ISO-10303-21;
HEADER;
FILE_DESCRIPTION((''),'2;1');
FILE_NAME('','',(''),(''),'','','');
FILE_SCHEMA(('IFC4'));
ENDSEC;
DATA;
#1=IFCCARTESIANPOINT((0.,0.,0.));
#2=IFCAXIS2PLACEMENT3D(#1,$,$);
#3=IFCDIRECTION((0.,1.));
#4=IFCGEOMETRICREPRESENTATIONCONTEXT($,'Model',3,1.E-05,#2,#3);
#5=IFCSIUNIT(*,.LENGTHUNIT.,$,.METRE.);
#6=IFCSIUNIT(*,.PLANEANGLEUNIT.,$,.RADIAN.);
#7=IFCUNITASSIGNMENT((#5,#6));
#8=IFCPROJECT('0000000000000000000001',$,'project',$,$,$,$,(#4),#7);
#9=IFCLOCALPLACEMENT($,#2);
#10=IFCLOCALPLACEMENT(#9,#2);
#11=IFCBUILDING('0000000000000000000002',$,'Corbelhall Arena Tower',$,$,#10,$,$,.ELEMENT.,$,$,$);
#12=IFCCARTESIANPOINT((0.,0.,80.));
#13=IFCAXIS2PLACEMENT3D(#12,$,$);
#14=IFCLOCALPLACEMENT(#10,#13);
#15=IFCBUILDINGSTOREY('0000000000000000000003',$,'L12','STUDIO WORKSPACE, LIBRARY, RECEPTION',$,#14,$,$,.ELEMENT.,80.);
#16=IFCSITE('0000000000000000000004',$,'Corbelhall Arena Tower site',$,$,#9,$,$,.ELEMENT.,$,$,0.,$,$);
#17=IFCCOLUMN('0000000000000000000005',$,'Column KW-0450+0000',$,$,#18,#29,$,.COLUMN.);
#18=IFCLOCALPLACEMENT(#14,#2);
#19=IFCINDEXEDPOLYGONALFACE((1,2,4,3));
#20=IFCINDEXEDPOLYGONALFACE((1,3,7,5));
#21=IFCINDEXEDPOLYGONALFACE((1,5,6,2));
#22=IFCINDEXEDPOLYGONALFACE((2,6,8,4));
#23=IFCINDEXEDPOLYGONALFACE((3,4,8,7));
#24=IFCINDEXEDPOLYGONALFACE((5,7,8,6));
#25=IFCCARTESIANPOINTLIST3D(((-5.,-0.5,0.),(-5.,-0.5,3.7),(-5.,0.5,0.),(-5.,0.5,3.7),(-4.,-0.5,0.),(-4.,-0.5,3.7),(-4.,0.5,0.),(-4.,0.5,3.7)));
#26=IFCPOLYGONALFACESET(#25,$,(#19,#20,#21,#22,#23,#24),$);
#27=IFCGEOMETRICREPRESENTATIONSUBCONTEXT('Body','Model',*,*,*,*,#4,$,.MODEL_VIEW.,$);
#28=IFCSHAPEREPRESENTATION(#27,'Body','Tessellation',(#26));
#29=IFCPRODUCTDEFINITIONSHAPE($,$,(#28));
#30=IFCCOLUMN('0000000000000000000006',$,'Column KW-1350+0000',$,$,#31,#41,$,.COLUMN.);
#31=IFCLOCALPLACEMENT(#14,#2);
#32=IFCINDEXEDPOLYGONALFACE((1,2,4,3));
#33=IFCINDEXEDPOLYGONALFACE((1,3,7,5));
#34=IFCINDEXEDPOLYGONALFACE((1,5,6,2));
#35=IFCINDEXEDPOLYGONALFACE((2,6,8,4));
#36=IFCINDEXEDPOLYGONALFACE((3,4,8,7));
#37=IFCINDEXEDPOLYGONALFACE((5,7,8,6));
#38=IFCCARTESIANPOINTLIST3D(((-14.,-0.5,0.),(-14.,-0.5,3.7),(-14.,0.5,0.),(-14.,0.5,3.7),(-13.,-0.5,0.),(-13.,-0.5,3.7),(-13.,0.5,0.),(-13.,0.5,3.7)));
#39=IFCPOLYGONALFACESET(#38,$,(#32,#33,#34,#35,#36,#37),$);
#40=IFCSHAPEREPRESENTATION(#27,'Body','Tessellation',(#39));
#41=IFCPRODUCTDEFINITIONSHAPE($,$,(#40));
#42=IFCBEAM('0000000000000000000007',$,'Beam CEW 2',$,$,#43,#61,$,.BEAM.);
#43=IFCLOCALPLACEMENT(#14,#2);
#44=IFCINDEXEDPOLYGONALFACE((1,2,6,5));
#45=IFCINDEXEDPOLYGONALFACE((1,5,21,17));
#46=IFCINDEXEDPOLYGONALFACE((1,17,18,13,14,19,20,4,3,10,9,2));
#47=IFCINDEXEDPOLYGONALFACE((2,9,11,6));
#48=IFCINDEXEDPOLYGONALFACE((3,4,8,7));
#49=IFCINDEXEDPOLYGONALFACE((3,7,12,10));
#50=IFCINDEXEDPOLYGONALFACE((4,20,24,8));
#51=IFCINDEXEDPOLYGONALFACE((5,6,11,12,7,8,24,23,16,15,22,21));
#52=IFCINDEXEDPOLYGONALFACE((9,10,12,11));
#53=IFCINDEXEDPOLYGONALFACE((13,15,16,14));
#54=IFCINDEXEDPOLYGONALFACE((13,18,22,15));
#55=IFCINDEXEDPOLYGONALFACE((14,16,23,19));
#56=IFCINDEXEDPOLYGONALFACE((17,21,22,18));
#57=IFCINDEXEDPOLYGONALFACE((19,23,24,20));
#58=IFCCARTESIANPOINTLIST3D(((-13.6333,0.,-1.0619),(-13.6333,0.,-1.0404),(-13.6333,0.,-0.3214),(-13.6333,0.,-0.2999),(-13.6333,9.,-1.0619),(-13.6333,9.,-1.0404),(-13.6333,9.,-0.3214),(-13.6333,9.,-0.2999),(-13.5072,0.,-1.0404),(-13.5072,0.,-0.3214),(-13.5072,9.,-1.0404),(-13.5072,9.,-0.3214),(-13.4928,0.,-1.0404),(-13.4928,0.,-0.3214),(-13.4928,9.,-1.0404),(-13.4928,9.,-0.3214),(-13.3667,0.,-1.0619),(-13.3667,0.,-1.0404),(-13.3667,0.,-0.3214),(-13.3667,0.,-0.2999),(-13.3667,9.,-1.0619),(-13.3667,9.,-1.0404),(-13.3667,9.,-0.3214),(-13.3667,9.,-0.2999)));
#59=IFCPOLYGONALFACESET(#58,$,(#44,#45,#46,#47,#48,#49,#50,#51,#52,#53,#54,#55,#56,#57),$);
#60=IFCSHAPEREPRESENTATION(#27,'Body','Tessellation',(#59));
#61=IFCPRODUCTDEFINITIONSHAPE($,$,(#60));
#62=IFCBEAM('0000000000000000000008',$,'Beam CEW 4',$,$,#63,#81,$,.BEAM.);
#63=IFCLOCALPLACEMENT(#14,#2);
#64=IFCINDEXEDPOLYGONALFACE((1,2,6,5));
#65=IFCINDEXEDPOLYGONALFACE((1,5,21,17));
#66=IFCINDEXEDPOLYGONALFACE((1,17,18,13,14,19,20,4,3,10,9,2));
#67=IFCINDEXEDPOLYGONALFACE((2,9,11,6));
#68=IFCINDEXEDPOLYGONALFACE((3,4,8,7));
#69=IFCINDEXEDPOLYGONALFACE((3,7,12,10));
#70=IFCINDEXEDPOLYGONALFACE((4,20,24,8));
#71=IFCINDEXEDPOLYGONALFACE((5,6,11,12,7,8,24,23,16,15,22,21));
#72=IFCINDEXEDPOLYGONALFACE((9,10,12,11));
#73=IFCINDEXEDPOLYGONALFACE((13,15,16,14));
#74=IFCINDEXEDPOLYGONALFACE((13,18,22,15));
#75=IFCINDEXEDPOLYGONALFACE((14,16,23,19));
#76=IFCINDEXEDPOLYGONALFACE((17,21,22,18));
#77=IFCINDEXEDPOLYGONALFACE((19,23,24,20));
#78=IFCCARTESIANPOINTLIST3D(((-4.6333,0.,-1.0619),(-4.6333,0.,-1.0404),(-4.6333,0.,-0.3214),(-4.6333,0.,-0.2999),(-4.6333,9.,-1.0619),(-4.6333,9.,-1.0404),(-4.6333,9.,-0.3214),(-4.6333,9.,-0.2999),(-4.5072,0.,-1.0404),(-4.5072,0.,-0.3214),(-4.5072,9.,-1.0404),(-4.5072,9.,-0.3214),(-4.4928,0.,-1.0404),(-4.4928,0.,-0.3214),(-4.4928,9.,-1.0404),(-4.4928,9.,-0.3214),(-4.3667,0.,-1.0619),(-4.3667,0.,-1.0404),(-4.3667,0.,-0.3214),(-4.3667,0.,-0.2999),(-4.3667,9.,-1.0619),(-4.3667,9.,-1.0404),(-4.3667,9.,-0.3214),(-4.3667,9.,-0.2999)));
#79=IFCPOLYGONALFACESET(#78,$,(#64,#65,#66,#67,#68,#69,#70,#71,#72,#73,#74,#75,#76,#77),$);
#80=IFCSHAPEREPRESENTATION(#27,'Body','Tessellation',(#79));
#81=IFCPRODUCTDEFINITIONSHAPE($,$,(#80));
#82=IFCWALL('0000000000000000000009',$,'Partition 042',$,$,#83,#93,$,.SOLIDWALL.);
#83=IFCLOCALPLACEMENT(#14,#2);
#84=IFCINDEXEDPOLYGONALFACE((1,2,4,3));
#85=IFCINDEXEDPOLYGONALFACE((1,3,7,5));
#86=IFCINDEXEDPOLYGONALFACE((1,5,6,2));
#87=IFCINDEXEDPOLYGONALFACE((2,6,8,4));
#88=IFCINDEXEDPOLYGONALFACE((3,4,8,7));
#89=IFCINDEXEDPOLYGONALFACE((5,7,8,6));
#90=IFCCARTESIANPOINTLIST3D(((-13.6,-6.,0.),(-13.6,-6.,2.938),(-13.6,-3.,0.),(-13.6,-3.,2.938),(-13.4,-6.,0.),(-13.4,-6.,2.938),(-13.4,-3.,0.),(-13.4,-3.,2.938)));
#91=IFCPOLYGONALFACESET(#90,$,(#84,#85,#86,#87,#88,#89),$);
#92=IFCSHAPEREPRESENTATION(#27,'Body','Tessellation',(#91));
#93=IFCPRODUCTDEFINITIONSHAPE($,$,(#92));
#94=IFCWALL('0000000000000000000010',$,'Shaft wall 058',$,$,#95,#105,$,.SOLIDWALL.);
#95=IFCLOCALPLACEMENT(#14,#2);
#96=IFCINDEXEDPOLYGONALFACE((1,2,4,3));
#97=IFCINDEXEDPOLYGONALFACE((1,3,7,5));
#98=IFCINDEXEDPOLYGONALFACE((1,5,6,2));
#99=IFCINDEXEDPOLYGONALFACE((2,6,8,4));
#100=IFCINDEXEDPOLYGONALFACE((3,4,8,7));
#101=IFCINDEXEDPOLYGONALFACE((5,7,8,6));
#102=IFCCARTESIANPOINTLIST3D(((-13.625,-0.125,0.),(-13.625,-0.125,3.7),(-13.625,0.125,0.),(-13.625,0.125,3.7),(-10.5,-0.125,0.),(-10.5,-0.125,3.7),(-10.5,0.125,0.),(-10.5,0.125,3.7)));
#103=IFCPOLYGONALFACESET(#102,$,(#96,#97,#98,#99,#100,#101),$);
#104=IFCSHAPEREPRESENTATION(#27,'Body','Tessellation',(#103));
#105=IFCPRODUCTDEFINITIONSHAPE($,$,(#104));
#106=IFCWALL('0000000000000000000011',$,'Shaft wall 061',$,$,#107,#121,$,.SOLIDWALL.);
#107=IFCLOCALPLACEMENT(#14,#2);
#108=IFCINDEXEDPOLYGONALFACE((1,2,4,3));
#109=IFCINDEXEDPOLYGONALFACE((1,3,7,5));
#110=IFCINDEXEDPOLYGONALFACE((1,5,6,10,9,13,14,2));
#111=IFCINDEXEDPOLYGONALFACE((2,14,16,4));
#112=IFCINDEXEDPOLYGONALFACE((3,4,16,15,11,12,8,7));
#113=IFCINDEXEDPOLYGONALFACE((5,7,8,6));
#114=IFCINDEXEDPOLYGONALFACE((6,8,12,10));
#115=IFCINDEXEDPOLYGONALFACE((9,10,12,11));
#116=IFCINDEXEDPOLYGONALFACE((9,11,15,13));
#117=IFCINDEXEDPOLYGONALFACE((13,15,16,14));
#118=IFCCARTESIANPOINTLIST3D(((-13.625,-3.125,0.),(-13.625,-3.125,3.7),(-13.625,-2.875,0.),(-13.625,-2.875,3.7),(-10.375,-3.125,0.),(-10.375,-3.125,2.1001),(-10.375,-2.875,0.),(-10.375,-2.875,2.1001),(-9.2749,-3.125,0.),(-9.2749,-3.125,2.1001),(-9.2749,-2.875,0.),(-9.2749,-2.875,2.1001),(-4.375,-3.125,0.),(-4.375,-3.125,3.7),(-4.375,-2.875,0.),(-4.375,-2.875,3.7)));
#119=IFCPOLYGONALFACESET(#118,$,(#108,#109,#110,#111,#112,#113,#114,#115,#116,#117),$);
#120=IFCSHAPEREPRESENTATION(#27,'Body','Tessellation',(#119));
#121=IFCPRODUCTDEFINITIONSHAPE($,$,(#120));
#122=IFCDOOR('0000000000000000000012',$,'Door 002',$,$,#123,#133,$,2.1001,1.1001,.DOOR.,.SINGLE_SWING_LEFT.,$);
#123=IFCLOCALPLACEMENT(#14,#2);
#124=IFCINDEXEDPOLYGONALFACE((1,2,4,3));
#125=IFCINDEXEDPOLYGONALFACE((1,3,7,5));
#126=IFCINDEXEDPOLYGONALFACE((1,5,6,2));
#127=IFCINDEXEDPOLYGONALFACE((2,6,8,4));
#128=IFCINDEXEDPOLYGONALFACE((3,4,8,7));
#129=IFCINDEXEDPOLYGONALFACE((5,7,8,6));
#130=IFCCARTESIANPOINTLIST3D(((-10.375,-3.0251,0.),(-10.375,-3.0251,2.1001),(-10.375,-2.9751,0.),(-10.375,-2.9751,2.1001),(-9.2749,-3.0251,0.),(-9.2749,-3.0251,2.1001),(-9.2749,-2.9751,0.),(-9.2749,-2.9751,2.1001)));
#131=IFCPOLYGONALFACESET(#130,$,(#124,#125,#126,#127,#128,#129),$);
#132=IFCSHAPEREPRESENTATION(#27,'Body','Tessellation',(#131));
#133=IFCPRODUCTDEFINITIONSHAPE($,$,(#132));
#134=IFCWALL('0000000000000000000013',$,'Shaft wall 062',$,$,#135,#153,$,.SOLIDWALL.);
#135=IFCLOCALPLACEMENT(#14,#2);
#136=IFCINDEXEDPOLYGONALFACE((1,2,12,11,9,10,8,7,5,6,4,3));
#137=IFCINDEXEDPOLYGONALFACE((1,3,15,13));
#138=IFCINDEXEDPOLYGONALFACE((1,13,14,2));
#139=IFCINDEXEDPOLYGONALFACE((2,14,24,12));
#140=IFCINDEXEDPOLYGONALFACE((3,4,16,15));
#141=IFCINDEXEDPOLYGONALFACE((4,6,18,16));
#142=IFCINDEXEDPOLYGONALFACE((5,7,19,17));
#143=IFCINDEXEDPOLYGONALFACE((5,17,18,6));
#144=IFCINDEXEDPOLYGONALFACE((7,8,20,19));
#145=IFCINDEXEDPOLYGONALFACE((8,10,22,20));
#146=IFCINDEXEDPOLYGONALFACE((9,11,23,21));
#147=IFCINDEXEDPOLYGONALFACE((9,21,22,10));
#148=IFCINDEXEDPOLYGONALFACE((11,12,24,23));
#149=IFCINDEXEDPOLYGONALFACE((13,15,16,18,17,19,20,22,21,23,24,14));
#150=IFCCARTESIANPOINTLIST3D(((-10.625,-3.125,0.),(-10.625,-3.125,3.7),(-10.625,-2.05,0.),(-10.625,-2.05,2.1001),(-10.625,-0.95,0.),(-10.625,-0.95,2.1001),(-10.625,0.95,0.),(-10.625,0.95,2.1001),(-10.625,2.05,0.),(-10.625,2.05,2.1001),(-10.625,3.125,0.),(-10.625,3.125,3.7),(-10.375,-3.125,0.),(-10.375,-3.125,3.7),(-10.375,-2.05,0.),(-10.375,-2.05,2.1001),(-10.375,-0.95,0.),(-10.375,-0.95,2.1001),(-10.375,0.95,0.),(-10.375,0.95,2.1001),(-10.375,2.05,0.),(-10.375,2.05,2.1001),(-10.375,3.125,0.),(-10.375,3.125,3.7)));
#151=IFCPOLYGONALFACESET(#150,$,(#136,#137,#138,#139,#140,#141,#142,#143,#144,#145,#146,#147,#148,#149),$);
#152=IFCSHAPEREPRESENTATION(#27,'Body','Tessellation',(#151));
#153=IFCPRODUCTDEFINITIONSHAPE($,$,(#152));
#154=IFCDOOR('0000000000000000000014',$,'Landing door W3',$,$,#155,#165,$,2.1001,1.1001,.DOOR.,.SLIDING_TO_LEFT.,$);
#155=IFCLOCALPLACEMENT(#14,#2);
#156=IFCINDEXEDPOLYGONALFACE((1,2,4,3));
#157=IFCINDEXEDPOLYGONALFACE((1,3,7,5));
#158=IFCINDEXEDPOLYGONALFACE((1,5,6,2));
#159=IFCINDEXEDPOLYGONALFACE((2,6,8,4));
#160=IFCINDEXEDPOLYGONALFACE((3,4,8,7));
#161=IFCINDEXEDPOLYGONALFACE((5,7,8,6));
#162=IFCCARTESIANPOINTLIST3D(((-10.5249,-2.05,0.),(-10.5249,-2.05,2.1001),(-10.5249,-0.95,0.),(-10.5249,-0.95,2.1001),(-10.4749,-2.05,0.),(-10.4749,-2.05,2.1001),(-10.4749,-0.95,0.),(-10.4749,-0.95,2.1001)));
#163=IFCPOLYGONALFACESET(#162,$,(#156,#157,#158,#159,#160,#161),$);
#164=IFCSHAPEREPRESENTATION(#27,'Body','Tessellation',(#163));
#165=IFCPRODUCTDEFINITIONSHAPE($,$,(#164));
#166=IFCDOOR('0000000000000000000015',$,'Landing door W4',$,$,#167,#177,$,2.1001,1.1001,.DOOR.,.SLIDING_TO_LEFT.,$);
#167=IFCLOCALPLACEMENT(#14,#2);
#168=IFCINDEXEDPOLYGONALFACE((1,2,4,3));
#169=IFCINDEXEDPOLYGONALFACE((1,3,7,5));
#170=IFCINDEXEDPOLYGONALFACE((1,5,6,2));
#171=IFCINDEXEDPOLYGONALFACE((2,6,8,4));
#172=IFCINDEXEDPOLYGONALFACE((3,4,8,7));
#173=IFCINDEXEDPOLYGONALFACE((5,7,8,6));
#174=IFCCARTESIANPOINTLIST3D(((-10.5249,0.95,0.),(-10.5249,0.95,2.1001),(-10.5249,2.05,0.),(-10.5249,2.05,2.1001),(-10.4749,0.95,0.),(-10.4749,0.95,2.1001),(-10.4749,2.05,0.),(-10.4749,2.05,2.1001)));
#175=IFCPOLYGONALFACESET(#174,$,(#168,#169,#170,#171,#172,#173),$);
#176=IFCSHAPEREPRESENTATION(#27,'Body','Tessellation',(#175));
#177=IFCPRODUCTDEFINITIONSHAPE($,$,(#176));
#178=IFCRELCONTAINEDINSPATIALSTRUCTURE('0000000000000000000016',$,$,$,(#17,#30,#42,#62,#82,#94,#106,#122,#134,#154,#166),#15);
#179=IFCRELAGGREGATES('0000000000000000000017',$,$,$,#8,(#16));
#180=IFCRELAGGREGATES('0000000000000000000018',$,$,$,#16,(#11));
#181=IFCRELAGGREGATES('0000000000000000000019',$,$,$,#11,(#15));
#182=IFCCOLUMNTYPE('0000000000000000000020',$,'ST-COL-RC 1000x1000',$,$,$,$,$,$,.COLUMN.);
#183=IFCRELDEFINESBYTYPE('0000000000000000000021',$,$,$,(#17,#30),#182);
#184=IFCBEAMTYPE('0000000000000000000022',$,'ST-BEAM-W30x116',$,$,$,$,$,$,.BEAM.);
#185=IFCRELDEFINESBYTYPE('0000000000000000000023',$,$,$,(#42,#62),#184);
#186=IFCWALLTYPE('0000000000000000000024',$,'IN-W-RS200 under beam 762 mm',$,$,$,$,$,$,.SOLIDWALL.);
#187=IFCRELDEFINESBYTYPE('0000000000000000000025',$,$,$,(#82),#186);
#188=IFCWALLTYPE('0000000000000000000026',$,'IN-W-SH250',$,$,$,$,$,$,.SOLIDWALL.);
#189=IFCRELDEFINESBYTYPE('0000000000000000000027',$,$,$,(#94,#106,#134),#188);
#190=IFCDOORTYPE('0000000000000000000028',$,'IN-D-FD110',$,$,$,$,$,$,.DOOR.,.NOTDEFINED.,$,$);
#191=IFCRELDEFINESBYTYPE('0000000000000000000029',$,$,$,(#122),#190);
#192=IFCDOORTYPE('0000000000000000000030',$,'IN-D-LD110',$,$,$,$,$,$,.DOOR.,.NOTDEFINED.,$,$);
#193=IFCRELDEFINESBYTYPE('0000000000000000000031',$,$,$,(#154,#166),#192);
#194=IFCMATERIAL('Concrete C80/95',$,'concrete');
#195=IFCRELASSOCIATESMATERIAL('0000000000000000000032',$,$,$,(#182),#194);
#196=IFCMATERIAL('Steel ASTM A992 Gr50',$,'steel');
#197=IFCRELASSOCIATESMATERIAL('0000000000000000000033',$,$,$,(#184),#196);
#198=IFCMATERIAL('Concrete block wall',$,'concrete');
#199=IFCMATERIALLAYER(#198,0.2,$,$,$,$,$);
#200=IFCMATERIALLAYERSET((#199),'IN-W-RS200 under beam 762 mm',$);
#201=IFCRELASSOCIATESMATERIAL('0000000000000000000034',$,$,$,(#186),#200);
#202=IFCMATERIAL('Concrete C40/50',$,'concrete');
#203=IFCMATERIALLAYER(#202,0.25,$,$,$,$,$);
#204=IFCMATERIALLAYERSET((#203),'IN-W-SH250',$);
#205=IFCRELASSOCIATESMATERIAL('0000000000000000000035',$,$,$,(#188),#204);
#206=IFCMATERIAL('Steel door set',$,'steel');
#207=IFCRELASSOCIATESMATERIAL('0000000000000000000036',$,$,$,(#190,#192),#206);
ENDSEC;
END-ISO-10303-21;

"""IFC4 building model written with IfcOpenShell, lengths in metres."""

from ifc_helpers import new_model, si_unit, direction, frame, frame_2d, origin, origin_2d, place, context, subcontext, project, spatial, rectangle, i_section, extrude, material, layer, layer_set, material_profile, profile_set, type_object, element, fill, save


model = new_model("IFC4")

# Units and contexts
model_context = context("Model", 3, precision=1e-05, world=origin(), true_north=direction((0.0, 1.0)))
body_context = subcontext(model_context, "Body", "Model", "MODEL_VIEW")
ifc_project = project(units=[si_unit("LENGTHUNIT", "METRE"), si_unit("PLANEANGLEUNIT", "RADIAN")], contexts=[model_context])

# Site, building, storey
site_placement = place(None, origin())
site = spatial("IfcSite", under=ifc_project, at=site_placement, Name="Corbelhall Arena Tower site", CompositionType="ELEMENT", RefElevation=0.0)
building_placement = place(site_placement, origin())
building = spatial("IfcBuilding", under=site, at=building_placement, Name="Corbelhall Arena Tower", CompositionType="ELEMENT")
storey_placement = place(building_placement, frame((0.0, 0.0, 80.0)))
storey = spatial("IfcBuildingStorey", under=building, at=storey_placement, Name="L12", Description="STUDIO WORKSPACE, LIBRARY, RECEPTION", CompositionType="ELEMENT", Elevation=80.0)

# Columns
ifc_material_1 = material(Name="Concrete C80/95", Category="concrete")
ifc_material_profile_1 = material_profile(ifc_material_1, rectangle(XDim=1.0, YDim=1.0, at=origin_2d()))
ifc_profile_set_1 = profile_set([ifc_material_profile_1], Name="Concrete C80/95")
column_type = type_object("IfcColumnType", Name="ST-COL-RC 1000x1000", PredefinedType="COLUMN", material=ifc_profile_set_1)
for number, where, z_axis, x_axis, name in (
    (1, (-4.5, 0.0, 0.0), (0.0, 0.0, 1.0), (1.0, 0.0, 0.0), "Column KW-0450+0000"),
    (2, (-13.5, 0.0, 0.0), (0.0, 0.0, 1.0), (1.0, 0.0, 0.0), "Column KW-1350+0000"),
):
    element("IfcColumn", number, at=place(storey_placement, frame(where, z_axis=z_axis, x_axis=x_axis)), inside=storey, type_object=column_type, Name=name, PredefinedType="COLUMN", context=body_context, shape_type="SweptSolid", body=[
        extrude(rectangle(XDim=1.0, YDim=1.0, at=origin_2d()), origin(), (0.0, 0.0, 1.0), 3.7),
    ])

# Beams
ifc_material_2 = material(Name="Steel ASTM A992 Gr50", Category="steel")
ifc_material_profile_2 = material_profile(ifc_material_2, i_section(OverallWidth=0.2666, OverallDepth=0.762, WebThickness=0.0144, FlangeThickness=0.0215, at=origin_2d()))
ifc_profile_set_2 = profile_set([ifc_material_profile_2], Name="Steel ASTM A992 Gr50")
beam_type = type_object("IfcBeamType", Name="ST-BEAM-W30x116", PredefinedType="BEAM", material=ifc_profile_set_2)
for number, where, z_axis, x_axis, name in (
    (3, (-13.5, 0.0, -0.6809), (0.0, 1.0, 0.0), (-1.0, 0.0, 0.0), "Beam CEW 2"),
    (4, (-4.5, 0.0, -0.6809), (0.0, 1.0, 0.0), (-1.0, 0.0, 0.0), "Beam CEW 4"),
):
    element("IfcBeam", number, at=place(storey_placement, frame(where, z_axis=z_axis, x_axis=x_axis)), inside=storey, type_object=beam_type, Name=name, PredefinedType="BEAM", context=body_context, shape_type="SweptSolid", body=[
        extrude(i_section(OverallWidth=0.2666, OverallDepth=0.762, WebThickness=0.0144, FlangeThickness=0.0215, at=origin_2d()), origin(), (0.0, 0.0, 1.0), 9.0),
    ])

# Walls
ifc_material_3 = material(Name="Concrete block wall", Category="concrete")
ifc_layer_1 = layer(ifc_material_3, 0.2)
ifc_layer_set_1 = layer_set([ifc_layer_1], Name="IN-W-RS200 under beam 762 mm")
wall_type_1 = type_object("IfcWallType", Name="IN-W-RS200 under beam 762 mm", PredefinedType="SOLIDWALL", material=ifc_layer_set_1)
wall_1_placement = place(storey_placement, frame((-13.5, -6.0, 0.0), z_axis=(0.0, 0.0, 1.0), x_axis=(0.0, 1.0, 0.0)))
element("IfcWall", 5, at=wall_1_placement, inside=storey, type_object=wall_type_1, Name="Partition 042", PredefinedType="SOLIDWALL", context=body_context, shape_type="SweptSolid", body=[
    extrude(rectangle(XDim=3.0, YDim=0.2, at=frame_2d((1.5, 0.0))), origin(), (0.0, 0.0, 1.0), 2.938),
])
ifc_material_4 = material(Name="Concrete C40/50", Category="concrete")
ifc_layer_2 = layer(ifc_material_4, 0.25)
ifc_layer_set_2 = layer_set([ifc_layer_2], Name="IN-W-SH250")
wall_type_2 = type_object("IfcWallType", Name="IN-W-SH250", PredefinedType="SOLIDWALL", material=ifc_layer_set_2)
wall_2_placement = place(storey_placement, frame((-13.625, 0.0, 0.0), z_axis=(0.0, 0.0, 1.0), x_axis=(1.0, 0.0, 0.0)))
element("IfcWall", 6, at=wall_2_placement, inside=storey, type_object=wall_type_2, Name="Shaft wall 058", PredefinedType="SOLIDWALL", context=body_context, shape_type="SweptSolid", body=[
    extrude(rectangle(XDim=3.125, YDim=0.25, at=frame_2d((1.5625, 0.0))), origin(), (0.0, 0.0, 1.0), 3.7),
])

# Wall, opening, door
wall_3_placement = place(storey_placement, frame((-13.625, -3.0, 0.0), z_axis=(0.0, 0.0, 1.0), x_axis=(1.0, 0.0, 0.0)))
wall_3 = element("IfcWall", 7, at=wall_3_placement, inside=storey, type_object=wall_type_2, Name="Shaft wall 061", PredefinedType="SOLIDWALL", context=body_context, shape_type="SweptSolid", body=[
    extrude(rectangle(XDim=9.25, YDim=0.25, at=frame_2d((4.625, 0.0))), origin(), (0.0, 0.0, 1.0), 3.7),
])
opening_1_placement = place(wall_3_placement, frame((3.25, 0.0, 0.0)))
opening_1 = element("IfcOpeningElement", 8, at=opening_1_placement, cuts=wall_3, PredefinedType="OPENING", context=body_context, shape_type="SweptSolid", body=[
    extrude(rectangle(XDim=1.1001, YDim=2.1001, at=frame_2d((0.55, 1.05))), frame((0.0, 0.125, 0.0), z_axis=(0.0, -1.0, 0.0), x_axis=(1.0, 0.0, 0.0)), (0.0, 0.0, 1.0), 0.25),
])
ifc_material_5 = material(Name="Steel door set", Category="steel")
door_type_1 = type_object("IfcDoorType", Name="IN-D-FD110", OperationType="NOTDEFINED", PredefinedType="DOOR", material=ifc_material_5)
door_1_placement = place(opening_1_placement, origin())
door_1 = element("IfcDoor", 9, at=door_1_placement, inside=storey, type_object=door_type_1, Name="Door 002", OperationType="SINGLE_SWING_LEFT", OverallHeight=2.1001, OverallWidth=1.1001, PredefinedType="DOOR", context=body_context, shape_type="SweptSolid", body=[
    extrude(rectangle(XDim=1.1001, YDim=2.1001, at=frame_2d((0.55, 1.05))), frame((0.0, 0.0249, 0.0), z_axis=(0.0, -1.0, 0.0), x_axis=(1.0, 0.0, 0.0)), (0.0, 0.0, 1.0), 0.05),
])
fill(opening_1, door_1)

# Wall, openings, doors
wall_4_placement = place(storey_placement, frame((-10.5, -3.125, 0.0), z_axis=(0.0, 0.0, 1.0), x_axis=(0.0, 1.0, 0.0)))
wall_4 = element("IfcWall", 10, at=wall_4_placement, inside=storey, type_object=wall_type_2, Name="Shaft wall 062", PredefinedType="SOLIDWALL", context=body_context, shape_type="SweptSolid", body=[
    extrude(rectangle(XDim=6.25, YDim=0.25, at=frame_2d((3.125, 0.0))), origin(), (0.0, 0.0, 1.0), 3.7),
])
opening_2_placement = place(wall_4_placement, frame((1.075, 0.0, 0.0)))
opening_2 = element("IfcOpeningElement", 11, at=opening_2_placement, cuts=wall_4, PredefinedType="OPENING", context=body_context, shape_type="SweptSolid", body=[
    extrude(rectangle(XDim=1.1001, YDim=2.1001, at=frame_2d((0.55, 1.05))), frame((0.0, 0.125, 0.0), z_axis=(0.0, -1.0, 0.0), x_axis=(1.0, 0.0, 0.0)), (0.0, 0.0, 1.0), 0.25),
])
opening_3_placement = place(wall_4_placement, frame((4.075, 0.0, 0.0)))
opening_3 = element("IfcOpeningElement", 12, at=opening_3_placement, cuts=wall_4, PredefinedType="OPENING", context=body_context, shape_type="SweptSolid", body=[
    extrude(rectangle(XDim=1.1001, YDim=2.1001, at=frame_2d((0.55, 1.05))), frame((0.0, 0.125, 0.0), z_axis=(0.0, -1.0, 0.0), x_axis=(1.0, 0.0, 0.0)), (0.0, 0.0, 1.0), 0.25),
])
door_type_2 = type_object("IfcDoorType", Name="IN-D-LD110", OperationType="NOTDEFINED", PredefinedType="DOOR", material=ifc_material_5)
door_2_placement = place(opening_2_placement, origin())
door_2 = element("IfcDoor", 13, at=door_2_placement, inside=storey, type_object=door_type_2, Name="Landing door W3", OperationType="SLIDING_TO_LEFT", OverallHeight=2.1001, OverallWidth=1.1001, PredefinedType="DOOR", context=body_context, shape_type="SweptSolid", body=[
    extrude(rectangle(XDim=1.1001, YDim=2.1001, at=frame_2d((0.55, 1.05))), frame((0.0, 0.0249, 0.0), z_axis=(0.0, -1.0, 0.0), x_axis=(1.0, 0.0, 0.0)), (0.0, 0.0, 1.0), 0.05),
])
fill(opening_2, door_2)
door_3_placement = place(opening_3_placement, origin())
door_3 = element("IfcDoor", 14, at=door_3_placement, inside=storey, type_object=door_type_2, Name="Landing door W4", OperationType="SLIDING_TO_LEFT", OverallHeight=2.1001, OverallWidth=1.1001, PredefinedType="DOOR", context=body_context, shape_type="SweptSolid", body=[
    extrude(rectangle(XDim=1.1001, YDim=2.1001, at=frame_2d((0.55, 1.05))), frame((0.0, 0.0249, 0.0), z_axis=(0.0, -1.0, 0.0), x_axis=(1.0, 0.0, 0.0)), (0.0, 0.0, 1.0), 0.05),
])
fill(opening_3, door_3)

save(model, "model.ifc")
